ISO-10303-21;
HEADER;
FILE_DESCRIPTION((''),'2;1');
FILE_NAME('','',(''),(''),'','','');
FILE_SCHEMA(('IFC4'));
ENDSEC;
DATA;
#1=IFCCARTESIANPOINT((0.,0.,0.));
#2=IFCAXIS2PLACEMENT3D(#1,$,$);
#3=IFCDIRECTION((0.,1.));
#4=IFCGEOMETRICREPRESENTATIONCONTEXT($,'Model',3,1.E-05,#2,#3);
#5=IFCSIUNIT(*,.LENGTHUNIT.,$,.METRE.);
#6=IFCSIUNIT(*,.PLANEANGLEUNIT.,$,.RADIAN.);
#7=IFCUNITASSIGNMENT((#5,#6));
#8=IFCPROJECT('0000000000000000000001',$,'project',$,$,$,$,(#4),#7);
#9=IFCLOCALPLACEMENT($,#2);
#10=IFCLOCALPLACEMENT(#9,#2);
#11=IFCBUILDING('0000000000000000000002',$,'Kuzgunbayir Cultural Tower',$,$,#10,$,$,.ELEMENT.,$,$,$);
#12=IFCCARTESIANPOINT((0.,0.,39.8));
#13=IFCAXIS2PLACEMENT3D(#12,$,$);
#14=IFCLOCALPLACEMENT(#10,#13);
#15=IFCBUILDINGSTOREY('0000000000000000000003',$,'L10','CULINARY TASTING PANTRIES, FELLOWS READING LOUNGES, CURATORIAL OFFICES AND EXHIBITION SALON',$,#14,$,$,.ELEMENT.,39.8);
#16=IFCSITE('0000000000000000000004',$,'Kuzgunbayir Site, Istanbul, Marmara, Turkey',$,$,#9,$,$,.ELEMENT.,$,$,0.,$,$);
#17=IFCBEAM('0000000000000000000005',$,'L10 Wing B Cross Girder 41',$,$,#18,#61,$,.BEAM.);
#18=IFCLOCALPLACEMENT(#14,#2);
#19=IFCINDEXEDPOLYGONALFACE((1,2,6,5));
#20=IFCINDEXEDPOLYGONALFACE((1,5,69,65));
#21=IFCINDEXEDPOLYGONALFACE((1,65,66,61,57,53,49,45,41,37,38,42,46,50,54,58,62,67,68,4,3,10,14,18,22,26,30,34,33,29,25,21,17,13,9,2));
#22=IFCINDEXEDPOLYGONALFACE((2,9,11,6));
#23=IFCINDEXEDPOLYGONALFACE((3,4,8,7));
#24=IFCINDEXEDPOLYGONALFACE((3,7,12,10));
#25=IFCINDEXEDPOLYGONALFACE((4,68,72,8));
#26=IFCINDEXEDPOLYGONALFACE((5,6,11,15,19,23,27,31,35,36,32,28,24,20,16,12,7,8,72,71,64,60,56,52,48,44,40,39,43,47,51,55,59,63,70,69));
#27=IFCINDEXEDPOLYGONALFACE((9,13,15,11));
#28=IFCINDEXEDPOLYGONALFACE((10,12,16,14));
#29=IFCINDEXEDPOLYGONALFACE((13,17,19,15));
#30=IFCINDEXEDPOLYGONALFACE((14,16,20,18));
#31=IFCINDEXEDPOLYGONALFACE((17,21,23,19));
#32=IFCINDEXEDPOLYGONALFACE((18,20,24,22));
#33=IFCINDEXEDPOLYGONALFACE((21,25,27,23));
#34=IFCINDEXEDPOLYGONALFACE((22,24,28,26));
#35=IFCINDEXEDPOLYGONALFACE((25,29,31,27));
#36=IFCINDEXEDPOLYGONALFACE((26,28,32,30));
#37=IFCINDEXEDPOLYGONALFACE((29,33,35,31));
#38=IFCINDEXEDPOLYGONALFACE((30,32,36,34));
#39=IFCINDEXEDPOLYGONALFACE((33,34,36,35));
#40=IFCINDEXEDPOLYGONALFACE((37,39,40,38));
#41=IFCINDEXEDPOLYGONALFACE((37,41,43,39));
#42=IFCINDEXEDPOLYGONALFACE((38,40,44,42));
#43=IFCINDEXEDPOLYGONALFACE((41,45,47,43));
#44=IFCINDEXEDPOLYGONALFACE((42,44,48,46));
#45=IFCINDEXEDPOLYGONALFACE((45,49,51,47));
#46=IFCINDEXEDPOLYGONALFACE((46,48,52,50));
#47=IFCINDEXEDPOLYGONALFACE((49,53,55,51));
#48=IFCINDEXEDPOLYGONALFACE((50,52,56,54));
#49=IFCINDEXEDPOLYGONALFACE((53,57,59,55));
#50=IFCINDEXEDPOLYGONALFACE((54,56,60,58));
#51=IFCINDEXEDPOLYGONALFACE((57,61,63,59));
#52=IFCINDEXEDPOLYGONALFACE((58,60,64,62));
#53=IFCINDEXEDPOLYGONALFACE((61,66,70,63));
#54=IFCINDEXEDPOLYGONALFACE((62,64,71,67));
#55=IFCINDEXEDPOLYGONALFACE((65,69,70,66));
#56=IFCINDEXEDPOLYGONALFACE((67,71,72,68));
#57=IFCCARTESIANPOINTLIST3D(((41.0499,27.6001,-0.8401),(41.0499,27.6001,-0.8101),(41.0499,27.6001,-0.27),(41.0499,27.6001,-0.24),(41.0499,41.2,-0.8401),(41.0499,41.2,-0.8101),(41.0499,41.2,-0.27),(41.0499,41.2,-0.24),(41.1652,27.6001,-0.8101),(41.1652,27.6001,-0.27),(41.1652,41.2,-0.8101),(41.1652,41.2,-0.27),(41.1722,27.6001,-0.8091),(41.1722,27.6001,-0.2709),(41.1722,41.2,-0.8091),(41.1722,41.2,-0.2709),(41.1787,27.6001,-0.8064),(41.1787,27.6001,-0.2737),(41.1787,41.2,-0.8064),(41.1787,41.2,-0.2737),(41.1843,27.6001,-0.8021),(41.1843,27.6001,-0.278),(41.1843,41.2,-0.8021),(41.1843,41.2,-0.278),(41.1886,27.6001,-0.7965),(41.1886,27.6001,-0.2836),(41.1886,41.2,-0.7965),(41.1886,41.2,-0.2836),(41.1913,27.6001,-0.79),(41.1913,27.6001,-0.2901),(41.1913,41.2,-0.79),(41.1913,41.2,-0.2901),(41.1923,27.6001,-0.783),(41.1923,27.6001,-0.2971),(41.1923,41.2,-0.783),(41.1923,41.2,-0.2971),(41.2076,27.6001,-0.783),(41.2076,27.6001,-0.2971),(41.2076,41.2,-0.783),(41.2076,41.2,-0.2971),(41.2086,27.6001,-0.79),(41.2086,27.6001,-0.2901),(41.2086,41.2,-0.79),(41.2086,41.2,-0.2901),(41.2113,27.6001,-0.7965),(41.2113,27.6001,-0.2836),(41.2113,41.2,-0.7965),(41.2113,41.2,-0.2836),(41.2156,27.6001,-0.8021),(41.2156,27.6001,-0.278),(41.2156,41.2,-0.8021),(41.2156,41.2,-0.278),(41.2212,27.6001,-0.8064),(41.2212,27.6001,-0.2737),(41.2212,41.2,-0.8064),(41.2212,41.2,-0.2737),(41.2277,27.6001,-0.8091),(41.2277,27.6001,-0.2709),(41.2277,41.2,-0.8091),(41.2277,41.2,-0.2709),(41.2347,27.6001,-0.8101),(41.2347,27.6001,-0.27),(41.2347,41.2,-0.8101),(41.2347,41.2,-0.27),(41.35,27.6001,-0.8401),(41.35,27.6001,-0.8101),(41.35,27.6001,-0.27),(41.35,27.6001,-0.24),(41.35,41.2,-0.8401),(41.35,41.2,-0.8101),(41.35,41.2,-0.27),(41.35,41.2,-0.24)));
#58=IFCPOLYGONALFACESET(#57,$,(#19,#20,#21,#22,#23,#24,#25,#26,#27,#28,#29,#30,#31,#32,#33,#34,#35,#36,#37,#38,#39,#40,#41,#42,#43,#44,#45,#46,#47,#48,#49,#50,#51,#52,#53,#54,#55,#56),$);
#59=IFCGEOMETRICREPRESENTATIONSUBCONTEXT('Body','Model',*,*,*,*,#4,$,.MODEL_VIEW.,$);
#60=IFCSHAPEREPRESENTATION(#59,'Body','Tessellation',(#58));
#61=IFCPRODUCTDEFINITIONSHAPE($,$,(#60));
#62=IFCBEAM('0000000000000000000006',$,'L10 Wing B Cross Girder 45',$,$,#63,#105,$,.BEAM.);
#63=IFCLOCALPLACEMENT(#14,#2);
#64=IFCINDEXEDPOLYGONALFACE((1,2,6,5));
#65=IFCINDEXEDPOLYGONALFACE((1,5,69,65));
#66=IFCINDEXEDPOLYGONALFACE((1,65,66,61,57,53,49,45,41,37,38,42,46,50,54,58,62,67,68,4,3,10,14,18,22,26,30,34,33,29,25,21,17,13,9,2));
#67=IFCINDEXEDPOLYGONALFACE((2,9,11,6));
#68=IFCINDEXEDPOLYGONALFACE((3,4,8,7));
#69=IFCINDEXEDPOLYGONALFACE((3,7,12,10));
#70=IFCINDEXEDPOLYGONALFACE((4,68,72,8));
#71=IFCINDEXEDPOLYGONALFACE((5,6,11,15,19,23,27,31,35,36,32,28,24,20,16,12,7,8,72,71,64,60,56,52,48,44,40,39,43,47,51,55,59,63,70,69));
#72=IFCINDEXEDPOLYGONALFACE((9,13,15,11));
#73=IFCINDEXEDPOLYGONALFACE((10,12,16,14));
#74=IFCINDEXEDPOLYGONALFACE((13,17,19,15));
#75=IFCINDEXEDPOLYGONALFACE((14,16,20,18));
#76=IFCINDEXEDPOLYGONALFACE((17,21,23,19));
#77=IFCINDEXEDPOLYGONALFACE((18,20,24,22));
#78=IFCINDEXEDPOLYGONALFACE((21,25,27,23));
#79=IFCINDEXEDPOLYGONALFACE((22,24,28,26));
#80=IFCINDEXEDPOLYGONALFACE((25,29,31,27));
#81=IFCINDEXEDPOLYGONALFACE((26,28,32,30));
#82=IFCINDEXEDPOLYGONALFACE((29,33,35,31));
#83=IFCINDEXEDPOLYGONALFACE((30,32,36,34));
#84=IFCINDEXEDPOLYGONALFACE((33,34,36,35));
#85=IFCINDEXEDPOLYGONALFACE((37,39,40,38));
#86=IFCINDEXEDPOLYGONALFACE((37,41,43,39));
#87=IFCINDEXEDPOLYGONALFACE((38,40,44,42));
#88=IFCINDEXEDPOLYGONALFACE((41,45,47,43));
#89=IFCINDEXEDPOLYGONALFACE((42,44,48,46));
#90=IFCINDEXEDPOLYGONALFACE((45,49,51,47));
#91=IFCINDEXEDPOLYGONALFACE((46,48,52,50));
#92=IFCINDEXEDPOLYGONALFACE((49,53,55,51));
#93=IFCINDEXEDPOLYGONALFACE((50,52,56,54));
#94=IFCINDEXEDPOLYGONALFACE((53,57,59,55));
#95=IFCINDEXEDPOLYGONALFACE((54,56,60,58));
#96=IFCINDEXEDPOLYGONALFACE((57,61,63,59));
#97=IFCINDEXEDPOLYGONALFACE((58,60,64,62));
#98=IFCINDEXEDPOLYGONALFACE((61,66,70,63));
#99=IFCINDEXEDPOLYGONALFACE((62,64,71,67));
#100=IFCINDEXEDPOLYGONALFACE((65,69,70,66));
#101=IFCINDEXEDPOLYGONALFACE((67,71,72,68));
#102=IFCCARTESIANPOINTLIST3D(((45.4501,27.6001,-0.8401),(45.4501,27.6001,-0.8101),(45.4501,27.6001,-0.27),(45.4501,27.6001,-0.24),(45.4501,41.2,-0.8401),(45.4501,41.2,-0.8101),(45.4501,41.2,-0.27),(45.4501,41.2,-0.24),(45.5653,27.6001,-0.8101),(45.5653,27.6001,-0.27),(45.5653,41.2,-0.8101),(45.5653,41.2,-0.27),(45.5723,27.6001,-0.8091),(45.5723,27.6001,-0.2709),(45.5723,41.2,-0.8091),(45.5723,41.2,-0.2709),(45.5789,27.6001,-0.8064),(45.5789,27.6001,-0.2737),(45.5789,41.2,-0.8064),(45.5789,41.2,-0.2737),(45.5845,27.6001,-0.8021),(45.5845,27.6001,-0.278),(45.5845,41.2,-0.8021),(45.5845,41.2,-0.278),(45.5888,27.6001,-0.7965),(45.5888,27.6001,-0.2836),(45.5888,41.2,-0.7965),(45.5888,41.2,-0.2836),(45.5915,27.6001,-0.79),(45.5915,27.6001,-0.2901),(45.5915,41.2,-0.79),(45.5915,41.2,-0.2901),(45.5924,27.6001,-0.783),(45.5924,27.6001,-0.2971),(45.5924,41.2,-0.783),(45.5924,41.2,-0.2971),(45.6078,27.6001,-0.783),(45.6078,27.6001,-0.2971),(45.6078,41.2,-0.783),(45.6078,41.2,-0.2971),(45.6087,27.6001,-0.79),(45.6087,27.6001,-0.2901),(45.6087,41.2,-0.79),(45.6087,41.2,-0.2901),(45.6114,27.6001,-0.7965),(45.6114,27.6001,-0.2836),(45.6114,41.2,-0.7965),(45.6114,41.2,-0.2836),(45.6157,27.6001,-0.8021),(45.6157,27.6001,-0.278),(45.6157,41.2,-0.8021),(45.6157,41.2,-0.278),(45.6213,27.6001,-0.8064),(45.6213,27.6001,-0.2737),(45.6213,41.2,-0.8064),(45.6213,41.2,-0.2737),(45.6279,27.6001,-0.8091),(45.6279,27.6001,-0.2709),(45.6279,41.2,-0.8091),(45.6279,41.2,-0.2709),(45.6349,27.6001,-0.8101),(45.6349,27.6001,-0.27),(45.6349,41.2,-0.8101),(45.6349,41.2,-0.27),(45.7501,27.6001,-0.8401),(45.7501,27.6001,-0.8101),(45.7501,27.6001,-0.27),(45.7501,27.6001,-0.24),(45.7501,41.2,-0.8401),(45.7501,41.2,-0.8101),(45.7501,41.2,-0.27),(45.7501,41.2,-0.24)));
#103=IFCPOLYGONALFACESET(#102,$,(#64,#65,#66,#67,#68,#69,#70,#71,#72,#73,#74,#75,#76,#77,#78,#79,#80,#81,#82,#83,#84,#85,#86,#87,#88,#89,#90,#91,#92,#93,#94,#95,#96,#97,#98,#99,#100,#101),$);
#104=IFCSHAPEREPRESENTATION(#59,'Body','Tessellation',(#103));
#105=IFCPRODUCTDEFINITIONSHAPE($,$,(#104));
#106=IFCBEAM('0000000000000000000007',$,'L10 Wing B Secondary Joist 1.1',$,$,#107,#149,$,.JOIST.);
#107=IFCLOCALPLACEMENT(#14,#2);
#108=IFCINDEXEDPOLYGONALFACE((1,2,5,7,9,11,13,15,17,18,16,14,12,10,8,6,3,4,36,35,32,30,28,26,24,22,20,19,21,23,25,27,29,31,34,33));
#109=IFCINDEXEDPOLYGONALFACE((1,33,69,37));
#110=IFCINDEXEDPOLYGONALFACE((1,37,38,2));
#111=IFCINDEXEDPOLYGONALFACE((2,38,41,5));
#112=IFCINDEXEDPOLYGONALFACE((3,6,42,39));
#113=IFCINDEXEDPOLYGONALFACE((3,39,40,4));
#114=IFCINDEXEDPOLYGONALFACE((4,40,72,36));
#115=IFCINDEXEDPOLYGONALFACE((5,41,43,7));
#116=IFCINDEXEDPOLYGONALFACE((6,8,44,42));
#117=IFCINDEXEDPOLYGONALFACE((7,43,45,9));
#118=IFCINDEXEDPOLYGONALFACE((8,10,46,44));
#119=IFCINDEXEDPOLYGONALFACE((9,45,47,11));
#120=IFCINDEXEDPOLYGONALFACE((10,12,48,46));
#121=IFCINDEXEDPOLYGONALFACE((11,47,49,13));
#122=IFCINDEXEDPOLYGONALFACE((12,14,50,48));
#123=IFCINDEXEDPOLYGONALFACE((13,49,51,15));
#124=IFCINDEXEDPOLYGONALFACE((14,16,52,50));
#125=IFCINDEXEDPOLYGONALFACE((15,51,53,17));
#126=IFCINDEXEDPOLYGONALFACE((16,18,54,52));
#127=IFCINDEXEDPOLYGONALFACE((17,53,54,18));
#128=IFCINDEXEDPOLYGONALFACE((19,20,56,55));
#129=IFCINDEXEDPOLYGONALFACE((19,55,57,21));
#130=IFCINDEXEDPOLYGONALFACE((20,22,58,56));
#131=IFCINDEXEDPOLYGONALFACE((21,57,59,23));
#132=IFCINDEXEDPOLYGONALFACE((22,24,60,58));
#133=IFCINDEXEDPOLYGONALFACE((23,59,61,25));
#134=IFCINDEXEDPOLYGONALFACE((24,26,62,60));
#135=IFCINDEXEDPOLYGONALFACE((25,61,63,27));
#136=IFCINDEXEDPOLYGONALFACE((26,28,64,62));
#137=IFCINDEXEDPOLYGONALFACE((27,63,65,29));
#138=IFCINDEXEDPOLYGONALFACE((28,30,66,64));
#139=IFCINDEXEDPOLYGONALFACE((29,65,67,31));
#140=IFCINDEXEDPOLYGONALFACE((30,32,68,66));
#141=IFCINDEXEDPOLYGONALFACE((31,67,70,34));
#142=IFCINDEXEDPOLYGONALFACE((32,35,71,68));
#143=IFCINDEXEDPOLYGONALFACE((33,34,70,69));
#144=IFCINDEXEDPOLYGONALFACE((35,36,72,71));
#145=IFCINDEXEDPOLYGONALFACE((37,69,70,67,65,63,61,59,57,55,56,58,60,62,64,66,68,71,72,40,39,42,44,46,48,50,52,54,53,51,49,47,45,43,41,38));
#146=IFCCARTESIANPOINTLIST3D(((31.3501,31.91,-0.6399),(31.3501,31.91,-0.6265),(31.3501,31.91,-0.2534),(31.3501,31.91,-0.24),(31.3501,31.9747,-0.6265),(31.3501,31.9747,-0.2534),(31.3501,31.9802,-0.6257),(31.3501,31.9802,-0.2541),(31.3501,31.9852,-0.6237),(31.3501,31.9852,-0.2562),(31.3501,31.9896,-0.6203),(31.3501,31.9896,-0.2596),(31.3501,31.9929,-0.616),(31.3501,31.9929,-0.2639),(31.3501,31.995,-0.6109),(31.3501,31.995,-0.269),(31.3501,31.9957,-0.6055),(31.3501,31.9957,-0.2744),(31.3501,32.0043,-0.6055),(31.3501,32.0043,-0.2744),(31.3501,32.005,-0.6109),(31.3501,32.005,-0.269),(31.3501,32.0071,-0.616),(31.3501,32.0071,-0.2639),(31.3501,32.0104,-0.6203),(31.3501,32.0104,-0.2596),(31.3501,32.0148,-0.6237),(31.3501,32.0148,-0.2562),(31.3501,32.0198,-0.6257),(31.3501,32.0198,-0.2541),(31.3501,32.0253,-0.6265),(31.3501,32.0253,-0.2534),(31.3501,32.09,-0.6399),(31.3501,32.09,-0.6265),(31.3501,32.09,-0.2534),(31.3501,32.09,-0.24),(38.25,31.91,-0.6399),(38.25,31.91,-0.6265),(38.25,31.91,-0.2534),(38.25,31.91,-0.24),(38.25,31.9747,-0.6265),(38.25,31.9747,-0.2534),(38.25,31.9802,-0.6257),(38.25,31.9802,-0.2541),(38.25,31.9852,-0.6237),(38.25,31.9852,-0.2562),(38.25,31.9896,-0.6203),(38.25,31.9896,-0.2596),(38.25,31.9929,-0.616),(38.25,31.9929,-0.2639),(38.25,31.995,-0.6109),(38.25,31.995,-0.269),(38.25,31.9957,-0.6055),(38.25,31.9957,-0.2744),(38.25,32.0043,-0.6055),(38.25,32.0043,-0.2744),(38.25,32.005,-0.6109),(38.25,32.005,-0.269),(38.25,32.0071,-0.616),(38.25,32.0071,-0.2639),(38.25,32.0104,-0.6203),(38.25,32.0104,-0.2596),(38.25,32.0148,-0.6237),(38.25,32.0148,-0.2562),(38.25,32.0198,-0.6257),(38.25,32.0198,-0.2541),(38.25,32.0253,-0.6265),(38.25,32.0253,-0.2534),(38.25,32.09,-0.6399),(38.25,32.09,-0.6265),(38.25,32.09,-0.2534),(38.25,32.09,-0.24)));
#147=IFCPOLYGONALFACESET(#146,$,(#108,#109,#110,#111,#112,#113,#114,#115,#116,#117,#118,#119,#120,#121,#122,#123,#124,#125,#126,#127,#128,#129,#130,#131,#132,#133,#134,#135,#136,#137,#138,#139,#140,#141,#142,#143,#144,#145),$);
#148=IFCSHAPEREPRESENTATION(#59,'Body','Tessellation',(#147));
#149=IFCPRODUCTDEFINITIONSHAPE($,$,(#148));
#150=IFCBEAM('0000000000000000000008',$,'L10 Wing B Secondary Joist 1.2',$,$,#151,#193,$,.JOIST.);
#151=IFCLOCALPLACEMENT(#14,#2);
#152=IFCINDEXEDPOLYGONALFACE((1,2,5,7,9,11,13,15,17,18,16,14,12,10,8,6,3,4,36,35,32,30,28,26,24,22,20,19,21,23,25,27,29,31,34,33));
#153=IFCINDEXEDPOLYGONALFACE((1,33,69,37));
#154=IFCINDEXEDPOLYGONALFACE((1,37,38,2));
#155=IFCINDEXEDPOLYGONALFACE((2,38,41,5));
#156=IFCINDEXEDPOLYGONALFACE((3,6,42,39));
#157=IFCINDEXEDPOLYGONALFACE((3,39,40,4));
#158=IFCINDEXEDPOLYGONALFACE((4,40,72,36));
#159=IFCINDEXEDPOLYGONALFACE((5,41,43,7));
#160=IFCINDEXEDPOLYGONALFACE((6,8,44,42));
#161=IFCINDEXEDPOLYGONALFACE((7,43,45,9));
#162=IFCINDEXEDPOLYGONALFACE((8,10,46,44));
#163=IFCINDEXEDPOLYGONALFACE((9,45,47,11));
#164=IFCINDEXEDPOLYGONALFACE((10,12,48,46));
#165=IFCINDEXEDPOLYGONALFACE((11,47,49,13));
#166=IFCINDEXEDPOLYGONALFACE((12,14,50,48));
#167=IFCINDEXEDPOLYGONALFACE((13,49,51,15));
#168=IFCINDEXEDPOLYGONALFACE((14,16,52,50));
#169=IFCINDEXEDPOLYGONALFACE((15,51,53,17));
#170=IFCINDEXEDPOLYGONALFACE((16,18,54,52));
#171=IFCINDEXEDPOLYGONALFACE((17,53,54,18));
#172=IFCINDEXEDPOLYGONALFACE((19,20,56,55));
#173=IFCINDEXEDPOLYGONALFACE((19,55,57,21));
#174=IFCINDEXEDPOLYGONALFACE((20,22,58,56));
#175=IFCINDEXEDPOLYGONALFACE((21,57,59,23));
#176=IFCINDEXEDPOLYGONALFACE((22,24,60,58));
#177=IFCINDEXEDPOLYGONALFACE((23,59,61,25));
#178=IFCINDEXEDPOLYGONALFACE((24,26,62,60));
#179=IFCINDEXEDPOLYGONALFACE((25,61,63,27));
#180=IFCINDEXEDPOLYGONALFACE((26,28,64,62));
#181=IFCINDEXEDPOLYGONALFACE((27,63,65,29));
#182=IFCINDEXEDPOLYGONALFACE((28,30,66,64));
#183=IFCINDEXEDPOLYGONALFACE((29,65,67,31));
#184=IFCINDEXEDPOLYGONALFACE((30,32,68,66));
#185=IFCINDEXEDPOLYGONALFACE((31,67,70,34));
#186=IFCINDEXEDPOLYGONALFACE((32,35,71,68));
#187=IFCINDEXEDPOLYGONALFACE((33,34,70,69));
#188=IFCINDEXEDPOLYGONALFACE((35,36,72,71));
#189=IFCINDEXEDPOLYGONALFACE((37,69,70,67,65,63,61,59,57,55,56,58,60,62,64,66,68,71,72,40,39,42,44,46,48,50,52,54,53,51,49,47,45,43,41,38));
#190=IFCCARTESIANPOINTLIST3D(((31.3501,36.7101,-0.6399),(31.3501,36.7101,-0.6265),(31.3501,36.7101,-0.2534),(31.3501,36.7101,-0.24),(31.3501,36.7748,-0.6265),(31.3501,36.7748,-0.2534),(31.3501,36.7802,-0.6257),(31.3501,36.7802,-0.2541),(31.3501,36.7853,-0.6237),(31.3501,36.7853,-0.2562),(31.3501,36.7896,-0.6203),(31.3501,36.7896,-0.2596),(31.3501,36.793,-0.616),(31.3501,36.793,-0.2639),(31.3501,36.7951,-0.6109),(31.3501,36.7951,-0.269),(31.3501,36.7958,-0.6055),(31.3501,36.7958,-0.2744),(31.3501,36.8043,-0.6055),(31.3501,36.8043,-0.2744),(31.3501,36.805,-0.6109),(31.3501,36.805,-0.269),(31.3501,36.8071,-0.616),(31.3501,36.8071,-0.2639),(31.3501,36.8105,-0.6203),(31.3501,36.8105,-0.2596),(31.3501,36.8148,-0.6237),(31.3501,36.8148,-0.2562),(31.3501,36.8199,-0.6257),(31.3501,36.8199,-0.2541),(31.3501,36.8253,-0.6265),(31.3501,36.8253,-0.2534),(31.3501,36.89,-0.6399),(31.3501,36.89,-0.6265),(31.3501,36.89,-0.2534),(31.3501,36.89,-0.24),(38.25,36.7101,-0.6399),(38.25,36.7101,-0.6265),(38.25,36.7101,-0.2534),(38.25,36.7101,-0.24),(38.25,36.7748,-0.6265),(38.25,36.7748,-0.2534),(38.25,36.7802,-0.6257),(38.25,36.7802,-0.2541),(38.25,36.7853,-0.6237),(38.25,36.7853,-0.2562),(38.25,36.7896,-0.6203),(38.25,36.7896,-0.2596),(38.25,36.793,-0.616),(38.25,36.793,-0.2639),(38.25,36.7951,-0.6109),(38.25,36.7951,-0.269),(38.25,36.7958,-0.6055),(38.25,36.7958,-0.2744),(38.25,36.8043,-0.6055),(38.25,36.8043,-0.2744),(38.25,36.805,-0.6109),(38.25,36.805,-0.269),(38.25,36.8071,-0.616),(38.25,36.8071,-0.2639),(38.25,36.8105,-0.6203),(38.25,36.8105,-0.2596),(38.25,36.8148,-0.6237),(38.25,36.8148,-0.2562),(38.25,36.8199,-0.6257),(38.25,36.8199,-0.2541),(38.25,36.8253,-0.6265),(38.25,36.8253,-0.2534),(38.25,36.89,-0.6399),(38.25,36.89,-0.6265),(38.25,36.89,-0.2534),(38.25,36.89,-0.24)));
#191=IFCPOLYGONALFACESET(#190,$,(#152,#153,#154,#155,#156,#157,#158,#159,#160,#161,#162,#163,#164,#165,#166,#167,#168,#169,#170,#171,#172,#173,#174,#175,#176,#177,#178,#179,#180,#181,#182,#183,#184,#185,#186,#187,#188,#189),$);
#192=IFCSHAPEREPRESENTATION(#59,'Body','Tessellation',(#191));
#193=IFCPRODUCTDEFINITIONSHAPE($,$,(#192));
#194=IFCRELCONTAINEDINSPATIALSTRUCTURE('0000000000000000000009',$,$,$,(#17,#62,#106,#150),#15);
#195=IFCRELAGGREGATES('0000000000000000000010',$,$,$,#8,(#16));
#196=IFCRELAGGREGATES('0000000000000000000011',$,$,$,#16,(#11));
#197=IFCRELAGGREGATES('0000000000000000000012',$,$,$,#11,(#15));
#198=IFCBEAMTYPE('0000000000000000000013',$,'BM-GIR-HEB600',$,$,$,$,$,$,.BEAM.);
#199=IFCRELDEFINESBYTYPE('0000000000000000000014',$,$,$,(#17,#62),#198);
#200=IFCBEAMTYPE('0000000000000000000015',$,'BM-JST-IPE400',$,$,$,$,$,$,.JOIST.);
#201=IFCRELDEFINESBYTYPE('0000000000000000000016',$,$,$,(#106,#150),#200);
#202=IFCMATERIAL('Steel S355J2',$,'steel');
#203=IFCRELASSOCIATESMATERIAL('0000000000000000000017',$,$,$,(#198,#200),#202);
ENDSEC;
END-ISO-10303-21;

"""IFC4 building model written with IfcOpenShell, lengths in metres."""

from ifc_helpers import new_model, si_unit, direction, frame, origin, origin_2d, place, context, subcontext, project, spatial, i_section, extrude, material, material_profile, profile_set, type_object, element, save


model = new_model("IFC4")

# Units and contexts
model_context = context("Model", 3, precision=1e-05, world=origin(), true_north=direction((0.0, 1.0)))
body_context = subcontext(model_context, "Body", "Model", "MODEL_VIEW")
ifc_project = project(units=[si_unit("LENGTHUNIT", "METRE"), si_unit("PLANEANGLEUNIT", "RADIAN")], contexts=[model_context])

# Site, building, storey
site_placement = place(None, origin())
site = spatial("IfcSite", under=ifc_project, at=site_placement, Name="Kuzgunbayir Site, Istanbul, Marmara, Turkey", CompositionType="ELEMENT", RefElevation=0.0)
building_placement = place(site_placement, origin())
building = spatial("IfcBuilding", under=site, at=building_placement, Name="Kuzgunbayir Cultural Tower", CompositionType="ELEMENT")
storey_placement = place(building_placement, frame((0.0, 0.0, 39.8)))
storey = spatial("IfcBuildingStorey", under=building, at=storey_placement, Name="L10", Description="CULINARY TASTING PANTRIES, FELLOWS READING LOUNGES, CURATORIAL OFFICES AND EXHIBITION SALON", CompositionType="ELEMENT", Elevation=39.8)

# Beams
ifc_material_1 = material(Name="Steel S355J2", Category="steel")
ifc_material_profile_1 = material_profile(ifc_material_1, i_section(OverallWidth=0.3, OverallDepth=0.6001, WebThickness=0.0154, FlangeThickness=0.03, FilletRadius=0.0271, at=origin_2d()), Name="HEB 600")
ifc_profile_set_1 = profile_set([ifc_material_profile_1], Name="Steel S355J2")
beam_type_1 = type_object("IfcBeamType", Name="BM-GIR-HEB600", PredefinedType="BEAM", material=ifc_profile_set_1)
for number, where, z_axis, x_axis, name in (
    (1, (41.2, 27.6001, -0.54), (0.0, 1.0, 0.0), (-1.0, 0.0, 0.0), "L10 Wing B Cross Girder 41"),
    (2, (45.6001, 27.6001, -0.54), (0.0, 1.0, 0.0), (-1.0, 0.0, 0.0), "L10 Wing B Cross Girder 45"),
):
    element("IfcBeam", number, at=place(storey_placement, frame(where, z_axis=z_axis, x_axis=x_axis)), inside=storey, type_object=beam_type_1, Name=name, PredefinedType="BEAM", context=body_context, shape_type="SweptSolid", body=[
        extrude(i_section(OverallWidth=0.3, OverallDepth=0.6001, WebThickness=0.0154, FlangeThickness=0.03, FilletRadius=0.0271, at=origin_2d()), origin(), (0.0, 0.0, 1.0), 13.5999),
    ])
ifc_material_profile_2 = material_profile(ifc_material_1, i_section(OverallWidth=0.1799, OverallDepth=0.3999, WebThickness=0.0085, FlangeThickness=0.0134, FilletRadius=0.021, at=origin_2d()), Name="IPE 400")
ifc_profile_set_2 = profile_set([ifc_material_profile_2], Name="Steel S355J2")
beam_type_2 = type_object("IfcBeamType", Name="BM-JST-IPE400", PredefinedType="JOIST", material=ifc_profile_set_2)
for number, where, z_axis, x_axis, name in (
    (3, (31.3501, 32.0, -0.4399), (1.0, 0.0, 0.0), (0.0, 1.0, 0.0), "L10 Wing B Secondary Joist 1.1"),
    (4, (31.3501, 36.8, -0.4399), (1.0, 0.0, 0.0), (0.0, 1.0, 0.0), "L10 Wing B Secondary Joist 1.2"),
):
    element("IfcBeam", number, at=place(storey_placement, frame(where, z_axis=z_axis, x_axis=x_axis)), inside=storey, type_object=beam_type_2, Name=name, PredefinedType="JOIST", context=body_context, shape_type="SweptSolid", body=[
        extrude(i_section(OverallWidth=0.1799, OverallDepth=0.3999, WebThickness=0.0085, FlangeThickness=0.0134, FilletRadius=0.021, at=origin_2d()), origin(), (0.0, 0.0, 1.0), 6.8999),
    ])

save(model, "model.ifc")
